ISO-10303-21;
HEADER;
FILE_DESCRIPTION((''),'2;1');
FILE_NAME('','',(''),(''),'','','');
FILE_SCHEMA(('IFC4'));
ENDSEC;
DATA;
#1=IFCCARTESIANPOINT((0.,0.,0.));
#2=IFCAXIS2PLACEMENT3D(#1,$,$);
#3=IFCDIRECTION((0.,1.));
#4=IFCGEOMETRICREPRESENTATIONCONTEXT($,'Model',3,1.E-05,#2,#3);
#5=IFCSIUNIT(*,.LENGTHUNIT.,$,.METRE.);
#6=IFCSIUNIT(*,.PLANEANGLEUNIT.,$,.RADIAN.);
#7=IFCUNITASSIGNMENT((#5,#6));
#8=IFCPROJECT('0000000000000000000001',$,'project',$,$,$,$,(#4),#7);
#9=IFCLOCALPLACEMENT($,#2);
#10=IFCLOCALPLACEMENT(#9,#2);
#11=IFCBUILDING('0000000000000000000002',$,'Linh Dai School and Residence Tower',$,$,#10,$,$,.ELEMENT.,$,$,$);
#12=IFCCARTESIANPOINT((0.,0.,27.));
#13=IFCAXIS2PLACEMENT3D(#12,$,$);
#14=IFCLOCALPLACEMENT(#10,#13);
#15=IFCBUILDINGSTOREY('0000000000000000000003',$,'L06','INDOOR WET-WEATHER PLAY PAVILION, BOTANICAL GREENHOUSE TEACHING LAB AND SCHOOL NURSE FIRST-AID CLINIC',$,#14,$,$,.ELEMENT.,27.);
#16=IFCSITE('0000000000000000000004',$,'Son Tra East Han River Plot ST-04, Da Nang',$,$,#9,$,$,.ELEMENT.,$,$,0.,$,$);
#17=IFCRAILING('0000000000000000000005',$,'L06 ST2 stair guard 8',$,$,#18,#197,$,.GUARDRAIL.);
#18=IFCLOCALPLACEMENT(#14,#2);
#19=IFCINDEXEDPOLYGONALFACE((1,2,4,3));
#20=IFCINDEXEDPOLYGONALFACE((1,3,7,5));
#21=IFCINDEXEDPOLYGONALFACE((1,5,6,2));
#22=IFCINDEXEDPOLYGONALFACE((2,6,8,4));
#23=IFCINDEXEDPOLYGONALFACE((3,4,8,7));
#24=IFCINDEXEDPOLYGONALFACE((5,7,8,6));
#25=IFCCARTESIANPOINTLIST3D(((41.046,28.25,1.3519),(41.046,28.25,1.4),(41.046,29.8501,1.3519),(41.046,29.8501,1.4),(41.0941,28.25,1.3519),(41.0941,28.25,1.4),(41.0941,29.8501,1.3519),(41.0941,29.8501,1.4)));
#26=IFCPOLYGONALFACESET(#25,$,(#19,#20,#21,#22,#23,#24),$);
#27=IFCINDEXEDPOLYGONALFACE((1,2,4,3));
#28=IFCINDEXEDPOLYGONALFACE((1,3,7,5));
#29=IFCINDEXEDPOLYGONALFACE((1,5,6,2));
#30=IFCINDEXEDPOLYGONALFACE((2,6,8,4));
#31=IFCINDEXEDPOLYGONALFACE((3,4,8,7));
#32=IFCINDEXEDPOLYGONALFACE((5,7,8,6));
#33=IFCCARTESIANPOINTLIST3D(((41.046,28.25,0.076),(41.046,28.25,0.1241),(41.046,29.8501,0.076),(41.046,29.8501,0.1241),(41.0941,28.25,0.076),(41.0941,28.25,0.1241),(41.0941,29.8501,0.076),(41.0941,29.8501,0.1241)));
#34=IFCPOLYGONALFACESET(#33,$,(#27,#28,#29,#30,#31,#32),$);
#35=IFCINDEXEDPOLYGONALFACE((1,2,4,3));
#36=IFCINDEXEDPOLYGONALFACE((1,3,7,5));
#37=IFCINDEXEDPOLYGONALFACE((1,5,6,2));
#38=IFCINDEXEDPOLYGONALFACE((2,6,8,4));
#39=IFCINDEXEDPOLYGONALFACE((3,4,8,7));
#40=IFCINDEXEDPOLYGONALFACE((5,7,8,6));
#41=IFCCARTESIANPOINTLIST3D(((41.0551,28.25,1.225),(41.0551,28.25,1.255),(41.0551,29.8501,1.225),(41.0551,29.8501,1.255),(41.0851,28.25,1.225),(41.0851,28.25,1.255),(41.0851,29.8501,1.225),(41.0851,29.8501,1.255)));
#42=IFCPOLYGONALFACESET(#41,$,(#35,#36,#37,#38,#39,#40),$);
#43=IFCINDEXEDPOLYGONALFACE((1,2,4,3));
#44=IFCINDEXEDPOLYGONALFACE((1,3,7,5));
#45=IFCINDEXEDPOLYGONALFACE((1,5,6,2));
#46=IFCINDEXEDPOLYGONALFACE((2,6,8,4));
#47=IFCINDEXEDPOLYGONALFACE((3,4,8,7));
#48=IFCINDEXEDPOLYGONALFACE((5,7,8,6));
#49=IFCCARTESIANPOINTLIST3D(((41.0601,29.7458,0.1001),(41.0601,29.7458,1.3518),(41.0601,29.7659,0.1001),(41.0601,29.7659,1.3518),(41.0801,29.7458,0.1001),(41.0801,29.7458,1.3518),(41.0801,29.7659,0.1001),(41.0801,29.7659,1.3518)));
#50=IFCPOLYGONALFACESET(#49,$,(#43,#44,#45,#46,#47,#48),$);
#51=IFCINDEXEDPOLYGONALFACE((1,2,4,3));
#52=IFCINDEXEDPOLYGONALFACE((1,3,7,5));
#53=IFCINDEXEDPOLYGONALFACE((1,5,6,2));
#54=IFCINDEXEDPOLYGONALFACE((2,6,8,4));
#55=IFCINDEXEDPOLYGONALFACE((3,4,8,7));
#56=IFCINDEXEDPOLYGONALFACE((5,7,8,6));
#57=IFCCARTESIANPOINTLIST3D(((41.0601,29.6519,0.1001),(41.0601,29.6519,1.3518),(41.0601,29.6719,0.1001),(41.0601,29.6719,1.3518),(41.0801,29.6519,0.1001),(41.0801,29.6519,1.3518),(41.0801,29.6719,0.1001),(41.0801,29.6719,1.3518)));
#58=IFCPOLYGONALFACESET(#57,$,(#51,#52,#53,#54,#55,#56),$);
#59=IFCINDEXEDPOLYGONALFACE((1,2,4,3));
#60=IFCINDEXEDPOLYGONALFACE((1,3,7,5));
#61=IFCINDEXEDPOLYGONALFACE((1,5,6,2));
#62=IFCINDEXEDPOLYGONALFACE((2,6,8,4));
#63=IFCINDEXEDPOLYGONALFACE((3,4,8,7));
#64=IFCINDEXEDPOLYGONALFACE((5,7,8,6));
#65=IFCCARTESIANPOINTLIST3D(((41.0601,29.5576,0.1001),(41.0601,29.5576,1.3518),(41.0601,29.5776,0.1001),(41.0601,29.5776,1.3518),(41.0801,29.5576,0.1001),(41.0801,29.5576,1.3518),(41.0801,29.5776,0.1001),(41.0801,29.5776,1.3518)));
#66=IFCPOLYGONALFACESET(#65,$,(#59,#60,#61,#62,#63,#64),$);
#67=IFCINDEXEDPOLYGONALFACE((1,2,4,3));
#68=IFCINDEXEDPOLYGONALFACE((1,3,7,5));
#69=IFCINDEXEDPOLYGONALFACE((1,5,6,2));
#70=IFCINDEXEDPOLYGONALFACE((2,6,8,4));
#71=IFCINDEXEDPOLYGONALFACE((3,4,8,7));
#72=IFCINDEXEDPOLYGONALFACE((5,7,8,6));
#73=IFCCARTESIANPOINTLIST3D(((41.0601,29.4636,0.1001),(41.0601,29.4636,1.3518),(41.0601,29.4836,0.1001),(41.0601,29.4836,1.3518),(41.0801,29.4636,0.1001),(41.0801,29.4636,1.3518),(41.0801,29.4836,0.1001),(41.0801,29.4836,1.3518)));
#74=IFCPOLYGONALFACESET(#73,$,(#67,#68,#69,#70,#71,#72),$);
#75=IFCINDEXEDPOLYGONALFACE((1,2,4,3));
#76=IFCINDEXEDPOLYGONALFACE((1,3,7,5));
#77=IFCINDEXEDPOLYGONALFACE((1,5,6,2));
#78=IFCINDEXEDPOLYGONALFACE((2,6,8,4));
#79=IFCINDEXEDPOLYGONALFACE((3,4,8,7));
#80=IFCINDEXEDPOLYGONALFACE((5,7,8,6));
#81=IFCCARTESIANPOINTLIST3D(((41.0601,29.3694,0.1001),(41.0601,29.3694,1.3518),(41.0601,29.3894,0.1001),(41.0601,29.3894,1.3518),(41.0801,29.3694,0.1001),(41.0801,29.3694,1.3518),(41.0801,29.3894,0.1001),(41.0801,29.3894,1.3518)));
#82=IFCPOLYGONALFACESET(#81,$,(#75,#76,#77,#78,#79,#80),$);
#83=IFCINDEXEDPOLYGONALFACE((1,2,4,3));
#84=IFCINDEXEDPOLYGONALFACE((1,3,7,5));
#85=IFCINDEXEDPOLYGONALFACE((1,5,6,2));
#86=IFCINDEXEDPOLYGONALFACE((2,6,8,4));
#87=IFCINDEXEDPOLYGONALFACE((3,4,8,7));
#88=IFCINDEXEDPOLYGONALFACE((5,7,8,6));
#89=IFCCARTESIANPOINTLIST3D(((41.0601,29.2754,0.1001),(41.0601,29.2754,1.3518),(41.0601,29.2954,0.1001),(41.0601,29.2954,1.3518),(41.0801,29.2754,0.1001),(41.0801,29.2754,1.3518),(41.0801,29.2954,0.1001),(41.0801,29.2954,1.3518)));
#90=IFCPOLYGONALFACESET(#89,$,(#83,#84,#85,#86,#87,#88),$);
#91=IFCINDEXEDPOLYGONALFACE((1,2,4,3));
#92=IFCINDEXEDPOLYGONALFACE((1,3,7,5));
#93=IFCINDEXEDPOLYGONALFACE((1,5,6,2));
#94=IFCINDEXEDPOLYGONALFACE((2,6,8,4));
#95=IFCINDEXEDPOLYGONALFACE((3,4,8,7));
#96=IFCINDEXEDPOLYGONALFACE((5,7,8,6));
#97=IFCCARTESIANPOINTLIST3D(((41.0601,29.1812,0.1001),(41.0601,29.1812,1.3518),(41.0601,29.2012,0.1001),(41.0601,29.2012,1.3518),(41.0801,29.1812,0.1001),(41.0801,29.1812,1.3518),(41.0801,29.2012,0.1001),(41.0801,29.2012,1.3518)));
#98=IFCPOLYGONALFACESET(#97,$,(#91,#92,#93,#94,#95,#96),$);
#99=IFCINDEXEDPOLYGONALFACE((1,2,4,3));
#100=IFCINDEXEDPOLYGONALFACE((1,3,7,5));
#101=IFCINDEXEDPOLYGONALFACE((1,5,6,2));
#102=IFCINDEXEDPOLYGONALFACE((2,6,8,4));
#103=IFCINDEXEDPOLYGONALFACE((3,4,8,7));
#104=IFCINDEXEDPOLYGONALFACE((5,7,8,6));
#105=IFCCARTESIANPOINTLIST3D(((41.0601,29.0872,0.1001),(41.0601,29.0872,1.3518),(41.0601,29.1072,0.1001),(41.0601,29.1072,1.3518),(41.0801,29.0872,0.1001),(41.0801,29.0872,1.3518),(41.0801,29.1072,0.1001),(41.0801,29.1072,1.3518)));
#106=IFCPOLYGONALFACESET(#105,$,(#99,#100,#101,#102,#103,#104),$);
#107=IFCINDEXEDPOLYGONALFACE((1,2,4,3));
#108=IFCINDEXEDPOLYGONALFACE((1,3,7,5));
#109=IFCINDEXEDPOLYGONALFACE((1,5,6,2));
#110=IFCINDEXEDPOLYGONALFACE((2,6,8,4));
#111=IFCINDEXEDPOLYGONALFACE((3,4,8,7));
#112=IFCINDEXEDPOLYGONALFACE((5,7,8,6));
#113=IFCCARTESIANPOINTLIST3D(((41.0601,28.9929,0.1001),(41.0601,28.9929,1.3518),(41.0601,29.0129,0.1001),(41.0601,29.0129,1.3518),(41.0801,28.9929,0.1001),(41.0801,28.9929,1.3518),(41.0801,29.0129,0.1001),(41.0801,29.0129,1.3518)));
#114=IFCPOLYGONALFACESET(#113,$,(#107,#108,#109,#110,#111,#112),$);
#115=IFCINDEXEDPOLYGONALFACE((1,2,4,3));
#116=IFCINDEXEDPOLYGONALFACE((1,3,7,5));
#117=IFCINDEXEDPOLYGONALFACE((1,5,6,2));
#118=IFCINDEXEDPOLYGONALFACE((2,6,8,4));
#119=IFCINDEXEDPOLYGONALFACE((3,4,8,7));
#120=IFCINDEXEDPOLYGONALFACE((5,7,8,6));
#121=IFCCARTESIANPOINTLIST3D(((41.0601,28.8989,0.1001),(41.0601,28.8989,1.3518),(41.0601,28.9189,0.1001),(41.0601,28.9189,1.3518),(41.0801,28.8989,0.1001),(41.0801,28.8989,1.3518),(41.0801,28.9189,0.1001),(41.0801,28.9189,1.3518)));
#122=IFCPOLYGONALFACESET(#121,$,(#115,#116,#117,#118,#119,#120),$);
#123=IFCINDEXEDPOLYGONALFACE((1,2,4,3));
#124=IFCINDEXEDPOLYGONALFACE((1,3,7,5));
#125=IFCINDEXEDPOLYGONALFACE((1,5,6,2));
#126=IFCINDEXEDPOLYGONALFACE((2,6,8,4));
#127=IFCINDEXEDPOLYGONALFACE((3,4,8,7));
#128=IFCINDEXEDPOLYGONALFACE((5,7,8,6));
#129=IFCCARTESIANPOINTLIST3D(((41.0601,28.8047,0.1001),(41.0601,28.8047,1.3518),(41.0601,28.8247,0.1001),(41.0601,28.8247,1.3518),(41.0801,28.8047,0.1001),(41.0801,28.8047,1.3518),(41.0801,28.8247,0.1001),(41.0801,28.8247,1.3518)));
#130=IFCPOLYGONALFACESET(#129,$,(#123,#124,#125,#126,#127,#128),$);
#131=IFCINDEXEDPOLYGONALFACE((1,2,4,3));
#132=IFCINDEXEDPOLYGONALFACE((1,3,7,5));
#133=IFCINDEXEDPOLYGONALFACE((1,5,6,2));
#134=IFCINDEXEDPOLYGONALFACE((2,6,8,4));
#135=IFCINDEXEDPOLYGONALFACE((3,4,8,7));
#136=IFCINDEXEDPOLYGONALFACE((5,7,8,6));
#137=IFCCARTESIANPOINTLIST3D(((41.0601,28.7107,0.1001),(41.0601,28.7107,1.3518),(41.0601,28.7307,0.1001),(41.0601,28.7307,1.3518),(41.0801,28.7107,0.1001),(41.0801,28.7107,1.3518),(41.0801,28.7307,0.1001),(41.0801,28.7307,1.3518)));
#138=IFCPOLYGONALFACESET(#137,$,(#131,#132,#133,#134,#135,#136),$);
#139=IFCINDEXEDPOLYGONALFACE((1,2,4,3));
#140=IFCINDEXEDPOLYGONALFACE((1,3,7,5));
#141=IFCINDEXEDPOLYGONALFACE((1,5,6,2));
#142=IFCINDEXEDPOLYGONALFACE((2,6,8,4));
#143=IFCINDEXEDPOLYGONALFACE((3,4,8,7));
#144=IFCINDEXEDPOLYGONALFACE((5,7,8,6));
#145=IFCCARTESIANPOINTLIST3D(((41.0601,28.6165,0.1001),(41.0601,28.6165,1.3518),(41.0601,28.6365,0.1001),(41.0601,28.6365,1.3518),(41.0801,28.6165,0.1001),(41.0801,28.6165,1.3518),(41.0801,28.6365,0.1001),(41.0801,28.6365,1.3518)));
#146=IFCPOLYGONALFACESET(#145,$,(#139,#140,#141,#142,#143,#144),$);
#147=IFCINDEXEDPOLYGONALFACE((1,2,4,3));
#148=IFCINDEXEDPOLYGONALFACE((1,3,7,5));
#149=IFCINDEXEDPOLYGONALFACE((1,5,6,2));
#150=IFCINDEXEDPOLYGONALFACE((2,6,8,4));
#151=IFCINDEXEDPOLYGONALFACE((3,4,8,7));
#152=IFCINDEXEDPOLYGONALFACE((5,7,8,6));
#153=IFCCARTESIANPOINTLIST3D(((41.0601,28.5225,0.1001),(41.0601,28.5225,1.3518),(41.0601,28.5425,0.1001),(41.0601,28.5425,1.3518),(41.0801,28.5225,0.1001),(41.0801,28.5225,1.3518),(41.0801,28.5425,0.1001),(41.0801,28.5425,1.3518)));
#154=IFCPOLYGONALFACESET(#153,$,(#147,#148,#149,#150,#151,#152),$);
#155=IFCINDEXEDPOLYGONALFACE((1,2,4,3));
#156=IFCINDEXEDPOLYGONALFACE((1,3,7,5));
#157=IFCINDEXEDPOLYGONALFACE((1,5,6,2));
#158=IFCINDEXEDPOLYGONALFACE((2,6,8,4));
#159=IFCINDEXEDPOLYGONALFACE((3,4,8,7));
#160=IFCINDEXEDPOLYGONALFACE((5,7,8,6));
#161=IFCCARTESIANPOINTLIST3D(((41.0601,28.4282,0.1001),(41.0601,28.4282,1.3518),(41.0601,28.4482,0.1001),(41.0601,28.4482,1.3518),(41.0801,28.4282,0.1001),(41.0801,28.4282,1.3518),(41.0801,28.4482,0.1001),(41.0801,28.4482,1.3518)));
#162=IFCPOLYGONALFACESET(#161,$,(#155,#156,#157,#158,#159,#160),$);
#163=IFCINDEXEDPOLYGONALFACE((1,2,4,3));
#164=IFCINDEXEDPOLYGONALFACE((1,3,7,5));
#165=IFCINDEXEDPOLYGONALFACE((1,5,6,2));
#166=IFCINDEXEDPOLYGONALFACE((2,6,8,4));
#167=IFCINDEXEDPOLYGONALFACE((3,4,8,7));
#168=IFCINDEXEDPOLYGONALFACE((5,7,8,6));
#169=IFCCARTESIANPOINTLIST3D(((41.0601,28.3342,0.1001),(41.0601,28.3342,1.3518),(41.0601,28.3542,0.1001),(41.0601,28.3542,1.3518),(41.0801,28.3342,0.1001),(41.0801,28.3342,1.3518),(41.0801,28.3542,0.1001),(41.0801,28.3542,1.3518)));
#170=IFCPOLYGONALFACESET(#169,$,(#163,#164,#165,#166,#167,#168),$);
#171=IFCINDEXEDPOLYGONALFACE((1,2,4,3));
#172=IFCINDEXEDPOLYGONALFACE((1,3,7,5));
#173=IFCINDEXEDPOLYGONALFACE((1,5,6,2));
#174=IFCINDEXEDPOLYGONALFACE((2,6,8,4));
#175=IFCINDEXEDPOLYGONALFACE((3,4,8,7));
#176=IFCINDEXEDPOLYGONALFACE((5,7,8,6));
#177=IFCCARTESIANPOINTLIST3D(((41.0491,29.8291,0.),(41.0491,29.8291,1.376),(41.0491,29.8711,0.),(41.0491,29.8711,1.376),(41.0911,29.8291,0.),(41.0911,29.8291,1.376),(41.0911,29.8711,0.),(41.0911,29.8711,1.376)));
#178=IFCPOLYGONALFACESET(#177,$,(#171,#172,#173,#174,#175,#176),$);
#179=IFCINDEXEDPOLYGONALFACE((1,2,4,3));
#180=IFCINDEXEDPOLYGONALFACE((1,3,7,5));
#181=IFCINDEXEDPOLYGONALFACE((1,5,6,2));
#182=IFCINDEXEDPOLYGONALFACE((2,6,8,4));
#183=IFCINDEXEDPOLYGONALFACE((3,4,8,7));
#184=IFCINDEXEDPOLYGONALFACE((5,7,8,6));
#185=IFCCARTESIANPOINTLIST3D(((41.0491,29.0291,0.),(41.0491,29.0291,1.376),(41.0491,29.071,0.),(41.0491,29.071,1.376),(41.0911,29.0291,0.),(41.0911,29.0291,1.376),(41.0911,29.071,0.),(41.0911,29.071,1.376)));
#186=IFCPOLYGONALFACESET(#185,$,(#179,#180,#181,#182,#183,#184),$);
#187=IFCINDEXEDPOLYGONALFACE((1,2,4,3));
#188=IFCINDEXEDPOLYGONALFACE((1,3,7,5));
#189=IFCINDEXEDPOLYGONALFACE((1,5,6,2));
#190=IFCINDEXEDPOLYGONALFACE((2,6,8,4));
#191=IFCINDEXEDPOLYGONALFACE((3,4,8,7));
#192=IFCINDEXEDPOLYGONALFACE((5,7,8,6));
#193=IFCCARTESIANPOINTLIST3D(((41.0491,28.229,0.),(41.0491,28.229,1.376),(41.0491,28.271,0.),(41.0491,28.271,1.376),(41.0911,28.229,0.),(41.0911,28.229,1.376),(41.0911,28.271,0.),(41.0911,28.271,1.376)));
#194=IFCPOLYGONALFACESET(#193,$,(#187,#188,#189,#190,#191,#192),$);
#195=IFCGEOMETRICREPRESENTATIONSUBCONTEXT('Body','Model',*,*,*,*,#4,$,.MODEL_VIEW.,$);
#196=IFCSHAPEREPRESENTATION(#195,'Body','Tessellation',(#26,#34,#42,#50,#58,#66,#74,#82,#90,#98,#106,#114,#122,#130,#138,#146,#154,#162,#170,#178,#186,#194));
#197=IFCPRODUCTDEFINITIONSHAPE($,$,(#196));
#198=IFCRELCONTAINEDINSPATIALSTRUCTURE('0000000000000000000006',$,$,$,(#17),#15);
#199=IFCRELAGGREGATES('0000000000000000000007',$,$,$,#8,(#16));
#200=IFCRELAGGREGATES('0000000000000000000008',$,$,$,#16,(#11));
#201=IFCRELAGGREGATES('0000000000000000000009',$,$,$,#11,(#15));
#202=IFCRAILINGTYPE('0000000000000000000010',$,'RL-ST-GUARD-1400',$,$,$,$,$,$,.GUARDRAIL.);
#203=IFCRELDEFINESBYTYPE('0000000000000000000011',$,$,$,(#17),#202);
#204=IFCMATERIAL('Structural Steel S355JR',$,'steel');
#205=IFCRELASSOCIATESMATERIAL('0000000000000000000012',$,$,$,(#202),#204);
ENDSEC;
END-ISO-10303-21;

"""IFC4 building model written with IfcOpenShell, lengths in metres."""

from ifc_helpers import new_model, si_unit, direction, frame, origin, origin_2d, place, context, subcontext, project, spatial, rectangle, extrude, source, transform, mapped, material, type_object, element, save


model = new_model("IFC4")

# Units and contexts
model_context = context("Model", 3, precision=1e-05, world=origin(), true_north=direction((0.0, 1.0)))
body_context = subcontext(model_context, "Body", "Model", "MODEL_VIEW")
ifc_project = project(units=[si_unit("LENGTHUNIT", "METRE"), si_unit("PLANEANGLEUNIT", "RADIAN")], contexts=[model_context])

# Site, building, storey
site_placement = place(None, origin())
site = spatial("IfcSite", under=ifc_project, at=site_placement, Name="Son Tra East Han River Plot ST-04, Da Nang", CompositionType="ELEMENT", RefElevation=0.0)
building_placement = place(site_placement, origin())
building = spatial("IfcBuilding", under=site, at=building_placement, Name="Linh Dai School and Residence Tower", CompositionType="ELEMENT")
storey_placement = place(building_placement, frame((0.0, 0.0, 27.0)))
storey = spatial("IfcBuildingStorey", under=building, at=storey_placement, Name="L06", Description="INDOOR WET-WEATHER PLAY PAVILION, BOTANICAL GREENHOUSE TEACHING LAB AND SCHOOL NURSE FIRST-AID CLINIC", CompositionType="ELEMENT", Elevation=27.0)

# Shared definitions
ifc_material_1 = material(Name="Structural Steel S355JR", Category="steel")

# Railing
railing_type_1 = type_object("IfcRailingType", Name="RL-ST-GUARD-1400", PredefinedType="GUARDRAIL", material=ifc_material_1)
shared_shape_1 = source(origin(), body_context, "Body", "SweptSolid", [
    extrude(rectangle(XDim=0.0481, YDim=0.0481, at=origin_2d()), frame((0.0, 0.0, 1.376), z_axis=(0.0, -1.0, 0.0), x_axis=(1.0, 0.0, 0.0)), (0.0, 0.0, 1.0), 1.6001),
    extrude(rectangle(XDim=0.0481, YDim=0.0481, at=origin_2d()), frame((0.0, 0.0, 0.1001), z_axis=(0.0, -1.0, 0.0), x_axis=(1.0, 0.0, 0.0)), (0.0, 0.0, 1.0), 1.6001),
    extrude(rectangle(XDim=0.03, YDim=0.03, at=origin_2d()), frame((0.0, 0.0, 1.24), z_axis=(0.0, -1.0, 0.0), x_axis=(1.0, 0.0, 0.0)), (0.0, 0.0, 1.0), 1.6001),
    extrude(rectangle(XDim=0.02, YDim=0.02, at=origin_2d()), frame((0.0, -0.0942, 0.1001)), (0.0, 0.0, 1.0), 1.2517),
    extrude(rectangle(XDim=0.02, YDim=0.02, at=origin_2d()), frame((0.0, -0.1882, 0.1001)), (0.0, 0.0, 1.0), 1.2517),
    extrude(rectangle(XDim=0.02, YDim=0.02, at=origin_2d()), frame((0.0, -0.2825, 0.1001)), (0.0, 0.0, 1.0), 1.2517),
    extrude(rectangle(XDim=0.02, YDim=0.02, at=origin_2d()), frame((0.0, -0.3765, 0.1001)), (0.0, 0.0, 1.0), 1.2517),
    extrude(rectangle(XDim=0.02, YDim=0.02, at=origin_2d()), frame((0.0, -0.4707, 0.1001)), (0.0, 0.0, 1.0), 1.2517),
    extrude(rectangle(XDim=0.02, YDim=0.02, at=origin_2d()), frame((0.0, -0.5647, 0.1001)), (0.0, 0.0, 1.0), 1.2517),
    extrude(rectangle(XDim=0.02, YDim=0.02, at=origin_2d()), frame((0.0, -0.6589, 0.1001)), (0.0, 0.0, 1.0), 1.2517),
    extrude(rectangle(XDim=0.02, YDim=0.02, at=origin_2d()), frame((0.0, -0.7529, 0.1001)), (0.0, 0.0, 1.0), 1.2517),
    extrude(rectangle(XDim=0.02, YDim=0.02, at=origin_2d()), frame((0.0, -0.8472, 0.1001)), (0.0, 0.0, 1.0), 1.2517),
    extrude(rectangle(XDim=0.02, YDim=0.02, at=origin_2d()), frame((0.0, -0.9412, 0.1001)), (0.0, 0.0, 1.0), 1.2517),
    extrude(rectangle(XDim=0.02, YDim=0.02, at=origin_2d()), frame((0.0, -1.0354, 0.1001)), (0.0, 0.0, 1.0), 1.2517),
    extrude(rectangle(XDim=0.02, YDim=0.02, at=origin_2d()), frame((0.0, -1.1294, 0.1001)), (0.0, 0.0, 1.0), 1.2517),
    extrude(rectangle(XDim=0.02, YDim=0.02, at=origin_2d()), frame((0.0, -1.2236, 0.1001)), (0.0, 0.0, 1.0), 1.2517),
    extrude(rectangle(XDim=0.02, YDim=0.02, at=origin_2d()), frame((0.0, -1.3176, 0.1001)), (0.0, 0.0, 1.0), 1.2517),
    extrude(rectangle(XDim=0.02, YDim=0.02, at=origin_2d()), frame((0.0, -1.4119, 0.1001)), (0.0, 0.0, 1.0), 1.2517),
    extrude(rectangle(XDim=0.02, YDim=0.02, at=origin_2d()), frame((0.0, -1.5059, 0.1001)), (0.0, 0.0, 1.0), 1.2517),
    extrude(rectangle(XDim=0.042, YDim=0.042, at=origin_2d()), origin(), (0.0, 0.0, 1.0), 1.376),
    extrude(rectangle(XDim=0.042, YDim=0.042, at=origin_2d()), frame((0.0, -0.8, 0.0)), (0.0, 0.0, 1.0), 1.376),
    extrude(rectangle(XDim=0.042, YDim=0.042, at=origin_2d()), frame((0.0, -1.6001, 0.0)), (0.0, 0.0, 1.0), 1.376),
])
for number, where, name in (
    (1, (41.0701, 29.8501, 0.0), "L06 ST2 stair guard 8"),
):
    element("IfcRailing", number, at=place(storey_placement, frame(where)), inside=storey, type_object=railing_type_1, Name=name, PredefinedType="GUARDRAIL", context=body_context, shape_type="MappedRepresentation", body=[
        mapped(shared_shape_1, transform((0.0, 0.0, 0.0), x_axis=(1.0, 0.0, 0.0), y_axis=(0.0, 1.0, 0.0), z_axis=(0.0, 0.0, 1.0), scale=1.0)),
    ])

save(model, "model.ifc")
